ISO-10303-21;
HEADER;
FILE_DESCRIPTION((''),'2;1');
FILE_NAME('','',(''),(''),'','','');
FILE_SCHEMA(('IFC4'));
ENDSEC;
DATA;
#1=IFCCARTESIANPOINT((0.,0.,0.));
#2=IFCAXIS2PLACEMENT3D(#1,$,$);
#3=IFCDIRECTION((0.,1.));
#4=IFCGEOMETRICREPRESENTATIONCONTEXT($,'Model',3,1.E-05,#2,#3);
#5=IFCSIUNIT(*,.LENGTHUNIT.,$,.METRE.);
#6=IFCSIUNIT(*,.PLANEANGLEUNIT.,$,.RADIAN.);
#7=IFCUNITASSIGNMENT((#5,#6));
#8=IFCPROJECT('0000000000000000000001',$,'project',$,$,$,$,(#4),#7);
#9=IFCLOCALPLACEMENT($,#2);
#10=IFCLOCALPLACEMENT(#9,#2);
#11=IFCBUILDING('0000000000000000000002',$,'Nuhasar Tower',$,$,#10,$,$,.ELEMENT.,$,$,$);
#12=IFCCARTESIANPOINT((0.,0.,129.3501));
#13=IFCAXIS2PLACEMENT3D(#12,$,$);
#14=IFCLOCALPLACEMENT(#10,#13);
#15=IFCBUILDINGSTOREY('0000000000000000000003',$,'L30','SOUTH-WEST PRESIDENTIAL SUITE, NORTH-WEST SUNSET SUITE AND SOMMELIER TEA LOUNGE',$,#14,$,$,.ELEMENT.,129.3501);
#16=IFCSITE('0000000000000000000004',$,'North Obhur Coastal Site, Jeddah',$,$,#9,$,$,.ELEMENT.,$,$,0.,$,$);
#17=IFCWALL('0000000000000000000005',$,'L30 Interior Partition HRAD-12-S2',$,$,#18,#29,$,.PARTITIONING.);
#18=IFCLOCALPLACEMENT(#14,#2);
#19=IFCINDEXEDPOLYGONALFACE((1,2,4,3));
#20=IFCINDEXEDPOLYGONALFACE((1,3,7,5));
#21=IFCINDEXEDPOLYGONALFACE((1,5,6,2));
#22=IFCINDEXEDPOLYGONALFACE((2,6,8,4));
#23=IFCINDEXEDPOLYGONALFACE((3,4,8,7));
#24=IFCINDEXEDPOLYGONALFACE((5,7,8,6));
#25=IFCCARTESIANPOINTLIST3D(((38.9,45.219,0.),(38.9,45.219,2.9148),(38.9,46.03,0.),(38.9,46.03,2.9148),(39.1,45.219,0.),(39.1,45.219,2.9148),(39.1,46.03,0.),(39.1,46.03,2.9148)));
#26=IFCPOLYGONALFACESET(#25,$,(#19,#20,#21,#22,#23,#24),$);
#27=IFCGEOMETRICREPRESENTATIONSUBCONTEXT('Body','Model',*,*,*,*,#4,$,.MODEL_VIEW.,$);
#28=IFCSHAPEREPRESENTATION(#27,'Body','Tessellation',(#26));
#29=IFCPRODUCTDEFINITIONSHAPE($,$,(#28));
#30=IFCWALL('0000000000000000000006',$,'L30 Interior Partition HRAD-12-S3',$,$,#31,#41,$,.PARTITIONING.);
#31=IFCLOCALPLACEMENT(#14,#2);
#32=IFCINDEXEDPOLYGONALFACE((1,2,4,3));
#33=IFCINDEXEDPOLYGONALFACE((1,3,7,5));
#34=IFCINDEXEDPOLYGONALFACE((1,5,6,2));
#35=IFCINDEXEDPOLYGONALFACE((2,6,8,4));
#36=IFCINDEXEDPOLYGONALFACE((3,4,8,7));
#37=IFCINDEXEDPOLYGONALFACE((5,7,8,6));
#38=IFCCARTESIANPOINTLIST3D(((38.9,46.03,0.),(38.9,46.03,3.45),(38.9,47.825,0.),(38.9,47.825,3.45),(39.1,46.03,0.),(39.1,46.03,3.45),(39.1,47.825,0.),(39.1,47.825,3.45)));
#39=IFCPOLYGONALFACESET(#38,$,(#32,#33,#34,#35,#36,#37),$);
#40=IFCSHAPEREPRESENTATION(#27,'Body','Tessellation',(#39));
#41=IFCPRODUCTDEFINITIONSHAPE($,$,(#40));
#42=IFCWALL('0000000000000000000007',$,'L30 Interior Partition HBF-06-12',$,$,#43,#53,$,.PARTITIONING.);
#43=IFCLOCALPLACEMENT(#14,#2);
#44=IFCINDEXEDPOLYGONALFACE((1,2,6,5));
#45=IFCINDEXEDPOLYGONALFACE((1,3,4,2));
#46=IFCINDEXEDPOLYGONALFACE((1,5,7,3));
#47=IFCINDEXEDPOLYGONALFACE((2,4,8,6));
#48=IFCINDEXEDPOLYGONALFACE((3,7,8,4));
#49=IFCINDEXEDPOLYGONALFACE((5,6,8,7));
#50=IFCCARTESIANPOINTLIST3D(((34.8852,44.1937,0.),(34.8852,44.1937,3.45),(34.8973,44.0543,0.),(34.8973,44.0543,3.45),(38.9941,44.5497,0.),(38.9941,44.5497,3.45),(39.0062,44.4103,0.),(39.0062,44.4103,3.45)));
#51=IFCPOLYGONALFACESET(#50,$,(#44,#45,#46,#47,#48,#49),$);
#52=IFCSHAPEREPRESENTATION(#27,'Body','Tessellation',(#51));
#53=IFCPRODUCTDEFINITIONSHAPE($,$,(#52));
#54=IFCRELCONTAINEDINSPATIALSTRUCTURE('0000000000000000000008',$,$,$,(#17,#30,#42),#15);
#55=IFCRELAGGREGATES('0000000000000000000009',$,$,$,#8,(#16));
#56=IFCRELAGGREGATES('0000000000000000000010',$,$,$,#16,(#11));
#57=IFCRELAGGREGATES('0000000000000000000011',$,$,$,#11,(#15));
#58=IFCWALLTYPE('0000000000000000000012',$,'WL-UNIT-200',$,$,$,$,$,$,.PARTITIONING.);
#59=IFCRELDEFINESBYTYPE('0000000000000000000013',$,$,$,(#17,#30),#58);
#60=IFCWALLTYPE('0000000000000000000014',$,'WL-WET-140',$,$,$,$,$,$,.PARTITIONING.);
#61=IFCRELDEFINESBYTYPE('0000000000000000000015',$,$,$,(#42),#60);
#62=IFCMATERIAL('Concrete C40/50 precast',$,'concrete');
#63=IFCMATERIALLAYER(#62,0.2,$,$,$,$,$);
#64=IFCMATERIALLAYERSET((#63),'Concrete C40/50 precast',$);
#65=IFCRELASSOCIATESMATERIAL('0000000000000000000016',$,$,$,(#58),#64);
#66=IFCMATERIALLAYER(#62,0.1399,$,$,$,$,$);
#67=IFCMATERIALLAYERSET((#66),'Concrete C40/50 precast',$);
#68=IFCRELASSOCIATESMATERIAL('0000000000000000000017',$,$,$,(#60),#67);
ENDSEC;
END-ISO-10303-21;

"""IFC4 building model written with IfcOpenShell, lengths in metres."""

from ifc_helpers import new_model, si_unit, direction, frame, frame_2d, origin, place, context, subcontext, project, spatial, rectangle, extrude, material, layer, layer_set, type_object, element, save


model = new_model("IFC4")

# Units and contexts
model_context = context("Model", 3, precision=1e-05, world=origin(), true_north=direction((0.0, 1.0)))
body_context = subcontext(model_context, "Body", "Model", "MODEL_VIEW")
ifc_project = project(units=[si_unit("LENGTHUNIT", "METRE"), si_unit("PLANEANGLEUNIT", "RADIAN")], contexts=[model_context])

# Site, building, storey
site_placement = place(None, origin())
site = spatial("IfcSite", under=ifc_project, at=site_placement, Name="North Obhur Coastal Site, Jeddah", CompositionType="ELEMENT", RefElevation=0.0)
building_placement = place(site_placement, origin())
building = spatial("IfcBuilding", under=site, at=building_placement, Name="Nuhasar Tower", CompositionType="ELEMENT")
storey_placement = place(building_placement, frame((0.0, 0.0, 129.3501)))
storey = spatial("IfcBuildingStorey", under=building, at=storey_placement, Name="L30", Description="SOUTH-WEST PRESIDENTIAL SUITE, NORTH-WEST SUNSET SUITE AND SOMMELIER TEA LOUNGE", CompositionType="ELEMENT", Elevation=129.3501)

# Walls
ifc_material_1 = material(Name="Concrete C40/50 precast", Category="concrete")
ifc_layer_1 = layer(ifc_material_1, 0.2)
ifc_layer_set_1 = layer_set([ifc_layer_1], Name="Concrete C40/50 precast")
wall_type_1 = type_object("IfcWallType", Name="WL-UNIT-200", PredefinedType="PARTITIONING", material=ifc_layer_set_1)
wall_1_placement = place(storey_placement, frame((39.0, 45.219, 0.0), z_axis=(0.0, 0.0, 1.0), x_axis=(0.0, 1.0, 0.0)))
element("IfcWall", 1, at=wall_1_placement, inside=storey, type_object=wall_type_1, Name="L30 Interior Partition HRAD-12-S2", PredefinedType="PARTITIONING", context=body_context, shape_type="SweptSolid", body=[
    extrude(rectangle(XDim=0.811, YDim=0.2, at=frame_2d((0.4055, 0.0))), origin(), (0.0, 0.0, 1.0), 2.9148),
])
wall_2_placement = place(storey_placement, frame((39.0, 46.03, 0.0), z_axis=(0.0, 0.0, 1.0), x_axis=(0.0, 1.0, 0.0)))
element("IfcWall", 2, at=wall_2_placement, inside=storey, type_object=wall_type_1, Name="L30 Interior Partition HRAD-12-S3", PredefinedType="PARTITIONING", context=body_context, shape_type="SweptSolid", body=[
    extrude(rectangle(XDim=1.7949, YDim=0.2, at=frame_2d((0.8975, 0.0))), origin(), (0.0, 0.0, 1.0), 3.45),
])
ifc_layer_2 = layer(ifc_material_1, 0.1399)
ifc_layer_set_2 = layer_set([ifc_layer_2], Name="Concrete C40/50 precast")
wall_type_2 = type_object("IfcWallType", Name="WL-WET-140", PredefinedType="PARTITIONING", material=ifc_layer_set_2)
wall_3_placement = place(storey_placement, frame((39.0, 44.48, 0.0), z_axis=(0.0, 0.0, 1.0), x_axis=(-0.996269, -0.086308, 0.0)))
element("IfcWall", 3, at=wall_3_placement, inside=storey, type_object=wall_type_2, Name="L30 Interior Partition HBF-06-12", PredefinedType="PARTITIONING", context=body_context, shape_type="SweptSolid", body=[
    extrude(rectangle(XDim=4.1243, YDim=0.1399, at=frame_2d((2.062, 0.0))), origin(), (0.0, 0.0, 1.0), 3.45),
])

save(model, "model.ifc")
